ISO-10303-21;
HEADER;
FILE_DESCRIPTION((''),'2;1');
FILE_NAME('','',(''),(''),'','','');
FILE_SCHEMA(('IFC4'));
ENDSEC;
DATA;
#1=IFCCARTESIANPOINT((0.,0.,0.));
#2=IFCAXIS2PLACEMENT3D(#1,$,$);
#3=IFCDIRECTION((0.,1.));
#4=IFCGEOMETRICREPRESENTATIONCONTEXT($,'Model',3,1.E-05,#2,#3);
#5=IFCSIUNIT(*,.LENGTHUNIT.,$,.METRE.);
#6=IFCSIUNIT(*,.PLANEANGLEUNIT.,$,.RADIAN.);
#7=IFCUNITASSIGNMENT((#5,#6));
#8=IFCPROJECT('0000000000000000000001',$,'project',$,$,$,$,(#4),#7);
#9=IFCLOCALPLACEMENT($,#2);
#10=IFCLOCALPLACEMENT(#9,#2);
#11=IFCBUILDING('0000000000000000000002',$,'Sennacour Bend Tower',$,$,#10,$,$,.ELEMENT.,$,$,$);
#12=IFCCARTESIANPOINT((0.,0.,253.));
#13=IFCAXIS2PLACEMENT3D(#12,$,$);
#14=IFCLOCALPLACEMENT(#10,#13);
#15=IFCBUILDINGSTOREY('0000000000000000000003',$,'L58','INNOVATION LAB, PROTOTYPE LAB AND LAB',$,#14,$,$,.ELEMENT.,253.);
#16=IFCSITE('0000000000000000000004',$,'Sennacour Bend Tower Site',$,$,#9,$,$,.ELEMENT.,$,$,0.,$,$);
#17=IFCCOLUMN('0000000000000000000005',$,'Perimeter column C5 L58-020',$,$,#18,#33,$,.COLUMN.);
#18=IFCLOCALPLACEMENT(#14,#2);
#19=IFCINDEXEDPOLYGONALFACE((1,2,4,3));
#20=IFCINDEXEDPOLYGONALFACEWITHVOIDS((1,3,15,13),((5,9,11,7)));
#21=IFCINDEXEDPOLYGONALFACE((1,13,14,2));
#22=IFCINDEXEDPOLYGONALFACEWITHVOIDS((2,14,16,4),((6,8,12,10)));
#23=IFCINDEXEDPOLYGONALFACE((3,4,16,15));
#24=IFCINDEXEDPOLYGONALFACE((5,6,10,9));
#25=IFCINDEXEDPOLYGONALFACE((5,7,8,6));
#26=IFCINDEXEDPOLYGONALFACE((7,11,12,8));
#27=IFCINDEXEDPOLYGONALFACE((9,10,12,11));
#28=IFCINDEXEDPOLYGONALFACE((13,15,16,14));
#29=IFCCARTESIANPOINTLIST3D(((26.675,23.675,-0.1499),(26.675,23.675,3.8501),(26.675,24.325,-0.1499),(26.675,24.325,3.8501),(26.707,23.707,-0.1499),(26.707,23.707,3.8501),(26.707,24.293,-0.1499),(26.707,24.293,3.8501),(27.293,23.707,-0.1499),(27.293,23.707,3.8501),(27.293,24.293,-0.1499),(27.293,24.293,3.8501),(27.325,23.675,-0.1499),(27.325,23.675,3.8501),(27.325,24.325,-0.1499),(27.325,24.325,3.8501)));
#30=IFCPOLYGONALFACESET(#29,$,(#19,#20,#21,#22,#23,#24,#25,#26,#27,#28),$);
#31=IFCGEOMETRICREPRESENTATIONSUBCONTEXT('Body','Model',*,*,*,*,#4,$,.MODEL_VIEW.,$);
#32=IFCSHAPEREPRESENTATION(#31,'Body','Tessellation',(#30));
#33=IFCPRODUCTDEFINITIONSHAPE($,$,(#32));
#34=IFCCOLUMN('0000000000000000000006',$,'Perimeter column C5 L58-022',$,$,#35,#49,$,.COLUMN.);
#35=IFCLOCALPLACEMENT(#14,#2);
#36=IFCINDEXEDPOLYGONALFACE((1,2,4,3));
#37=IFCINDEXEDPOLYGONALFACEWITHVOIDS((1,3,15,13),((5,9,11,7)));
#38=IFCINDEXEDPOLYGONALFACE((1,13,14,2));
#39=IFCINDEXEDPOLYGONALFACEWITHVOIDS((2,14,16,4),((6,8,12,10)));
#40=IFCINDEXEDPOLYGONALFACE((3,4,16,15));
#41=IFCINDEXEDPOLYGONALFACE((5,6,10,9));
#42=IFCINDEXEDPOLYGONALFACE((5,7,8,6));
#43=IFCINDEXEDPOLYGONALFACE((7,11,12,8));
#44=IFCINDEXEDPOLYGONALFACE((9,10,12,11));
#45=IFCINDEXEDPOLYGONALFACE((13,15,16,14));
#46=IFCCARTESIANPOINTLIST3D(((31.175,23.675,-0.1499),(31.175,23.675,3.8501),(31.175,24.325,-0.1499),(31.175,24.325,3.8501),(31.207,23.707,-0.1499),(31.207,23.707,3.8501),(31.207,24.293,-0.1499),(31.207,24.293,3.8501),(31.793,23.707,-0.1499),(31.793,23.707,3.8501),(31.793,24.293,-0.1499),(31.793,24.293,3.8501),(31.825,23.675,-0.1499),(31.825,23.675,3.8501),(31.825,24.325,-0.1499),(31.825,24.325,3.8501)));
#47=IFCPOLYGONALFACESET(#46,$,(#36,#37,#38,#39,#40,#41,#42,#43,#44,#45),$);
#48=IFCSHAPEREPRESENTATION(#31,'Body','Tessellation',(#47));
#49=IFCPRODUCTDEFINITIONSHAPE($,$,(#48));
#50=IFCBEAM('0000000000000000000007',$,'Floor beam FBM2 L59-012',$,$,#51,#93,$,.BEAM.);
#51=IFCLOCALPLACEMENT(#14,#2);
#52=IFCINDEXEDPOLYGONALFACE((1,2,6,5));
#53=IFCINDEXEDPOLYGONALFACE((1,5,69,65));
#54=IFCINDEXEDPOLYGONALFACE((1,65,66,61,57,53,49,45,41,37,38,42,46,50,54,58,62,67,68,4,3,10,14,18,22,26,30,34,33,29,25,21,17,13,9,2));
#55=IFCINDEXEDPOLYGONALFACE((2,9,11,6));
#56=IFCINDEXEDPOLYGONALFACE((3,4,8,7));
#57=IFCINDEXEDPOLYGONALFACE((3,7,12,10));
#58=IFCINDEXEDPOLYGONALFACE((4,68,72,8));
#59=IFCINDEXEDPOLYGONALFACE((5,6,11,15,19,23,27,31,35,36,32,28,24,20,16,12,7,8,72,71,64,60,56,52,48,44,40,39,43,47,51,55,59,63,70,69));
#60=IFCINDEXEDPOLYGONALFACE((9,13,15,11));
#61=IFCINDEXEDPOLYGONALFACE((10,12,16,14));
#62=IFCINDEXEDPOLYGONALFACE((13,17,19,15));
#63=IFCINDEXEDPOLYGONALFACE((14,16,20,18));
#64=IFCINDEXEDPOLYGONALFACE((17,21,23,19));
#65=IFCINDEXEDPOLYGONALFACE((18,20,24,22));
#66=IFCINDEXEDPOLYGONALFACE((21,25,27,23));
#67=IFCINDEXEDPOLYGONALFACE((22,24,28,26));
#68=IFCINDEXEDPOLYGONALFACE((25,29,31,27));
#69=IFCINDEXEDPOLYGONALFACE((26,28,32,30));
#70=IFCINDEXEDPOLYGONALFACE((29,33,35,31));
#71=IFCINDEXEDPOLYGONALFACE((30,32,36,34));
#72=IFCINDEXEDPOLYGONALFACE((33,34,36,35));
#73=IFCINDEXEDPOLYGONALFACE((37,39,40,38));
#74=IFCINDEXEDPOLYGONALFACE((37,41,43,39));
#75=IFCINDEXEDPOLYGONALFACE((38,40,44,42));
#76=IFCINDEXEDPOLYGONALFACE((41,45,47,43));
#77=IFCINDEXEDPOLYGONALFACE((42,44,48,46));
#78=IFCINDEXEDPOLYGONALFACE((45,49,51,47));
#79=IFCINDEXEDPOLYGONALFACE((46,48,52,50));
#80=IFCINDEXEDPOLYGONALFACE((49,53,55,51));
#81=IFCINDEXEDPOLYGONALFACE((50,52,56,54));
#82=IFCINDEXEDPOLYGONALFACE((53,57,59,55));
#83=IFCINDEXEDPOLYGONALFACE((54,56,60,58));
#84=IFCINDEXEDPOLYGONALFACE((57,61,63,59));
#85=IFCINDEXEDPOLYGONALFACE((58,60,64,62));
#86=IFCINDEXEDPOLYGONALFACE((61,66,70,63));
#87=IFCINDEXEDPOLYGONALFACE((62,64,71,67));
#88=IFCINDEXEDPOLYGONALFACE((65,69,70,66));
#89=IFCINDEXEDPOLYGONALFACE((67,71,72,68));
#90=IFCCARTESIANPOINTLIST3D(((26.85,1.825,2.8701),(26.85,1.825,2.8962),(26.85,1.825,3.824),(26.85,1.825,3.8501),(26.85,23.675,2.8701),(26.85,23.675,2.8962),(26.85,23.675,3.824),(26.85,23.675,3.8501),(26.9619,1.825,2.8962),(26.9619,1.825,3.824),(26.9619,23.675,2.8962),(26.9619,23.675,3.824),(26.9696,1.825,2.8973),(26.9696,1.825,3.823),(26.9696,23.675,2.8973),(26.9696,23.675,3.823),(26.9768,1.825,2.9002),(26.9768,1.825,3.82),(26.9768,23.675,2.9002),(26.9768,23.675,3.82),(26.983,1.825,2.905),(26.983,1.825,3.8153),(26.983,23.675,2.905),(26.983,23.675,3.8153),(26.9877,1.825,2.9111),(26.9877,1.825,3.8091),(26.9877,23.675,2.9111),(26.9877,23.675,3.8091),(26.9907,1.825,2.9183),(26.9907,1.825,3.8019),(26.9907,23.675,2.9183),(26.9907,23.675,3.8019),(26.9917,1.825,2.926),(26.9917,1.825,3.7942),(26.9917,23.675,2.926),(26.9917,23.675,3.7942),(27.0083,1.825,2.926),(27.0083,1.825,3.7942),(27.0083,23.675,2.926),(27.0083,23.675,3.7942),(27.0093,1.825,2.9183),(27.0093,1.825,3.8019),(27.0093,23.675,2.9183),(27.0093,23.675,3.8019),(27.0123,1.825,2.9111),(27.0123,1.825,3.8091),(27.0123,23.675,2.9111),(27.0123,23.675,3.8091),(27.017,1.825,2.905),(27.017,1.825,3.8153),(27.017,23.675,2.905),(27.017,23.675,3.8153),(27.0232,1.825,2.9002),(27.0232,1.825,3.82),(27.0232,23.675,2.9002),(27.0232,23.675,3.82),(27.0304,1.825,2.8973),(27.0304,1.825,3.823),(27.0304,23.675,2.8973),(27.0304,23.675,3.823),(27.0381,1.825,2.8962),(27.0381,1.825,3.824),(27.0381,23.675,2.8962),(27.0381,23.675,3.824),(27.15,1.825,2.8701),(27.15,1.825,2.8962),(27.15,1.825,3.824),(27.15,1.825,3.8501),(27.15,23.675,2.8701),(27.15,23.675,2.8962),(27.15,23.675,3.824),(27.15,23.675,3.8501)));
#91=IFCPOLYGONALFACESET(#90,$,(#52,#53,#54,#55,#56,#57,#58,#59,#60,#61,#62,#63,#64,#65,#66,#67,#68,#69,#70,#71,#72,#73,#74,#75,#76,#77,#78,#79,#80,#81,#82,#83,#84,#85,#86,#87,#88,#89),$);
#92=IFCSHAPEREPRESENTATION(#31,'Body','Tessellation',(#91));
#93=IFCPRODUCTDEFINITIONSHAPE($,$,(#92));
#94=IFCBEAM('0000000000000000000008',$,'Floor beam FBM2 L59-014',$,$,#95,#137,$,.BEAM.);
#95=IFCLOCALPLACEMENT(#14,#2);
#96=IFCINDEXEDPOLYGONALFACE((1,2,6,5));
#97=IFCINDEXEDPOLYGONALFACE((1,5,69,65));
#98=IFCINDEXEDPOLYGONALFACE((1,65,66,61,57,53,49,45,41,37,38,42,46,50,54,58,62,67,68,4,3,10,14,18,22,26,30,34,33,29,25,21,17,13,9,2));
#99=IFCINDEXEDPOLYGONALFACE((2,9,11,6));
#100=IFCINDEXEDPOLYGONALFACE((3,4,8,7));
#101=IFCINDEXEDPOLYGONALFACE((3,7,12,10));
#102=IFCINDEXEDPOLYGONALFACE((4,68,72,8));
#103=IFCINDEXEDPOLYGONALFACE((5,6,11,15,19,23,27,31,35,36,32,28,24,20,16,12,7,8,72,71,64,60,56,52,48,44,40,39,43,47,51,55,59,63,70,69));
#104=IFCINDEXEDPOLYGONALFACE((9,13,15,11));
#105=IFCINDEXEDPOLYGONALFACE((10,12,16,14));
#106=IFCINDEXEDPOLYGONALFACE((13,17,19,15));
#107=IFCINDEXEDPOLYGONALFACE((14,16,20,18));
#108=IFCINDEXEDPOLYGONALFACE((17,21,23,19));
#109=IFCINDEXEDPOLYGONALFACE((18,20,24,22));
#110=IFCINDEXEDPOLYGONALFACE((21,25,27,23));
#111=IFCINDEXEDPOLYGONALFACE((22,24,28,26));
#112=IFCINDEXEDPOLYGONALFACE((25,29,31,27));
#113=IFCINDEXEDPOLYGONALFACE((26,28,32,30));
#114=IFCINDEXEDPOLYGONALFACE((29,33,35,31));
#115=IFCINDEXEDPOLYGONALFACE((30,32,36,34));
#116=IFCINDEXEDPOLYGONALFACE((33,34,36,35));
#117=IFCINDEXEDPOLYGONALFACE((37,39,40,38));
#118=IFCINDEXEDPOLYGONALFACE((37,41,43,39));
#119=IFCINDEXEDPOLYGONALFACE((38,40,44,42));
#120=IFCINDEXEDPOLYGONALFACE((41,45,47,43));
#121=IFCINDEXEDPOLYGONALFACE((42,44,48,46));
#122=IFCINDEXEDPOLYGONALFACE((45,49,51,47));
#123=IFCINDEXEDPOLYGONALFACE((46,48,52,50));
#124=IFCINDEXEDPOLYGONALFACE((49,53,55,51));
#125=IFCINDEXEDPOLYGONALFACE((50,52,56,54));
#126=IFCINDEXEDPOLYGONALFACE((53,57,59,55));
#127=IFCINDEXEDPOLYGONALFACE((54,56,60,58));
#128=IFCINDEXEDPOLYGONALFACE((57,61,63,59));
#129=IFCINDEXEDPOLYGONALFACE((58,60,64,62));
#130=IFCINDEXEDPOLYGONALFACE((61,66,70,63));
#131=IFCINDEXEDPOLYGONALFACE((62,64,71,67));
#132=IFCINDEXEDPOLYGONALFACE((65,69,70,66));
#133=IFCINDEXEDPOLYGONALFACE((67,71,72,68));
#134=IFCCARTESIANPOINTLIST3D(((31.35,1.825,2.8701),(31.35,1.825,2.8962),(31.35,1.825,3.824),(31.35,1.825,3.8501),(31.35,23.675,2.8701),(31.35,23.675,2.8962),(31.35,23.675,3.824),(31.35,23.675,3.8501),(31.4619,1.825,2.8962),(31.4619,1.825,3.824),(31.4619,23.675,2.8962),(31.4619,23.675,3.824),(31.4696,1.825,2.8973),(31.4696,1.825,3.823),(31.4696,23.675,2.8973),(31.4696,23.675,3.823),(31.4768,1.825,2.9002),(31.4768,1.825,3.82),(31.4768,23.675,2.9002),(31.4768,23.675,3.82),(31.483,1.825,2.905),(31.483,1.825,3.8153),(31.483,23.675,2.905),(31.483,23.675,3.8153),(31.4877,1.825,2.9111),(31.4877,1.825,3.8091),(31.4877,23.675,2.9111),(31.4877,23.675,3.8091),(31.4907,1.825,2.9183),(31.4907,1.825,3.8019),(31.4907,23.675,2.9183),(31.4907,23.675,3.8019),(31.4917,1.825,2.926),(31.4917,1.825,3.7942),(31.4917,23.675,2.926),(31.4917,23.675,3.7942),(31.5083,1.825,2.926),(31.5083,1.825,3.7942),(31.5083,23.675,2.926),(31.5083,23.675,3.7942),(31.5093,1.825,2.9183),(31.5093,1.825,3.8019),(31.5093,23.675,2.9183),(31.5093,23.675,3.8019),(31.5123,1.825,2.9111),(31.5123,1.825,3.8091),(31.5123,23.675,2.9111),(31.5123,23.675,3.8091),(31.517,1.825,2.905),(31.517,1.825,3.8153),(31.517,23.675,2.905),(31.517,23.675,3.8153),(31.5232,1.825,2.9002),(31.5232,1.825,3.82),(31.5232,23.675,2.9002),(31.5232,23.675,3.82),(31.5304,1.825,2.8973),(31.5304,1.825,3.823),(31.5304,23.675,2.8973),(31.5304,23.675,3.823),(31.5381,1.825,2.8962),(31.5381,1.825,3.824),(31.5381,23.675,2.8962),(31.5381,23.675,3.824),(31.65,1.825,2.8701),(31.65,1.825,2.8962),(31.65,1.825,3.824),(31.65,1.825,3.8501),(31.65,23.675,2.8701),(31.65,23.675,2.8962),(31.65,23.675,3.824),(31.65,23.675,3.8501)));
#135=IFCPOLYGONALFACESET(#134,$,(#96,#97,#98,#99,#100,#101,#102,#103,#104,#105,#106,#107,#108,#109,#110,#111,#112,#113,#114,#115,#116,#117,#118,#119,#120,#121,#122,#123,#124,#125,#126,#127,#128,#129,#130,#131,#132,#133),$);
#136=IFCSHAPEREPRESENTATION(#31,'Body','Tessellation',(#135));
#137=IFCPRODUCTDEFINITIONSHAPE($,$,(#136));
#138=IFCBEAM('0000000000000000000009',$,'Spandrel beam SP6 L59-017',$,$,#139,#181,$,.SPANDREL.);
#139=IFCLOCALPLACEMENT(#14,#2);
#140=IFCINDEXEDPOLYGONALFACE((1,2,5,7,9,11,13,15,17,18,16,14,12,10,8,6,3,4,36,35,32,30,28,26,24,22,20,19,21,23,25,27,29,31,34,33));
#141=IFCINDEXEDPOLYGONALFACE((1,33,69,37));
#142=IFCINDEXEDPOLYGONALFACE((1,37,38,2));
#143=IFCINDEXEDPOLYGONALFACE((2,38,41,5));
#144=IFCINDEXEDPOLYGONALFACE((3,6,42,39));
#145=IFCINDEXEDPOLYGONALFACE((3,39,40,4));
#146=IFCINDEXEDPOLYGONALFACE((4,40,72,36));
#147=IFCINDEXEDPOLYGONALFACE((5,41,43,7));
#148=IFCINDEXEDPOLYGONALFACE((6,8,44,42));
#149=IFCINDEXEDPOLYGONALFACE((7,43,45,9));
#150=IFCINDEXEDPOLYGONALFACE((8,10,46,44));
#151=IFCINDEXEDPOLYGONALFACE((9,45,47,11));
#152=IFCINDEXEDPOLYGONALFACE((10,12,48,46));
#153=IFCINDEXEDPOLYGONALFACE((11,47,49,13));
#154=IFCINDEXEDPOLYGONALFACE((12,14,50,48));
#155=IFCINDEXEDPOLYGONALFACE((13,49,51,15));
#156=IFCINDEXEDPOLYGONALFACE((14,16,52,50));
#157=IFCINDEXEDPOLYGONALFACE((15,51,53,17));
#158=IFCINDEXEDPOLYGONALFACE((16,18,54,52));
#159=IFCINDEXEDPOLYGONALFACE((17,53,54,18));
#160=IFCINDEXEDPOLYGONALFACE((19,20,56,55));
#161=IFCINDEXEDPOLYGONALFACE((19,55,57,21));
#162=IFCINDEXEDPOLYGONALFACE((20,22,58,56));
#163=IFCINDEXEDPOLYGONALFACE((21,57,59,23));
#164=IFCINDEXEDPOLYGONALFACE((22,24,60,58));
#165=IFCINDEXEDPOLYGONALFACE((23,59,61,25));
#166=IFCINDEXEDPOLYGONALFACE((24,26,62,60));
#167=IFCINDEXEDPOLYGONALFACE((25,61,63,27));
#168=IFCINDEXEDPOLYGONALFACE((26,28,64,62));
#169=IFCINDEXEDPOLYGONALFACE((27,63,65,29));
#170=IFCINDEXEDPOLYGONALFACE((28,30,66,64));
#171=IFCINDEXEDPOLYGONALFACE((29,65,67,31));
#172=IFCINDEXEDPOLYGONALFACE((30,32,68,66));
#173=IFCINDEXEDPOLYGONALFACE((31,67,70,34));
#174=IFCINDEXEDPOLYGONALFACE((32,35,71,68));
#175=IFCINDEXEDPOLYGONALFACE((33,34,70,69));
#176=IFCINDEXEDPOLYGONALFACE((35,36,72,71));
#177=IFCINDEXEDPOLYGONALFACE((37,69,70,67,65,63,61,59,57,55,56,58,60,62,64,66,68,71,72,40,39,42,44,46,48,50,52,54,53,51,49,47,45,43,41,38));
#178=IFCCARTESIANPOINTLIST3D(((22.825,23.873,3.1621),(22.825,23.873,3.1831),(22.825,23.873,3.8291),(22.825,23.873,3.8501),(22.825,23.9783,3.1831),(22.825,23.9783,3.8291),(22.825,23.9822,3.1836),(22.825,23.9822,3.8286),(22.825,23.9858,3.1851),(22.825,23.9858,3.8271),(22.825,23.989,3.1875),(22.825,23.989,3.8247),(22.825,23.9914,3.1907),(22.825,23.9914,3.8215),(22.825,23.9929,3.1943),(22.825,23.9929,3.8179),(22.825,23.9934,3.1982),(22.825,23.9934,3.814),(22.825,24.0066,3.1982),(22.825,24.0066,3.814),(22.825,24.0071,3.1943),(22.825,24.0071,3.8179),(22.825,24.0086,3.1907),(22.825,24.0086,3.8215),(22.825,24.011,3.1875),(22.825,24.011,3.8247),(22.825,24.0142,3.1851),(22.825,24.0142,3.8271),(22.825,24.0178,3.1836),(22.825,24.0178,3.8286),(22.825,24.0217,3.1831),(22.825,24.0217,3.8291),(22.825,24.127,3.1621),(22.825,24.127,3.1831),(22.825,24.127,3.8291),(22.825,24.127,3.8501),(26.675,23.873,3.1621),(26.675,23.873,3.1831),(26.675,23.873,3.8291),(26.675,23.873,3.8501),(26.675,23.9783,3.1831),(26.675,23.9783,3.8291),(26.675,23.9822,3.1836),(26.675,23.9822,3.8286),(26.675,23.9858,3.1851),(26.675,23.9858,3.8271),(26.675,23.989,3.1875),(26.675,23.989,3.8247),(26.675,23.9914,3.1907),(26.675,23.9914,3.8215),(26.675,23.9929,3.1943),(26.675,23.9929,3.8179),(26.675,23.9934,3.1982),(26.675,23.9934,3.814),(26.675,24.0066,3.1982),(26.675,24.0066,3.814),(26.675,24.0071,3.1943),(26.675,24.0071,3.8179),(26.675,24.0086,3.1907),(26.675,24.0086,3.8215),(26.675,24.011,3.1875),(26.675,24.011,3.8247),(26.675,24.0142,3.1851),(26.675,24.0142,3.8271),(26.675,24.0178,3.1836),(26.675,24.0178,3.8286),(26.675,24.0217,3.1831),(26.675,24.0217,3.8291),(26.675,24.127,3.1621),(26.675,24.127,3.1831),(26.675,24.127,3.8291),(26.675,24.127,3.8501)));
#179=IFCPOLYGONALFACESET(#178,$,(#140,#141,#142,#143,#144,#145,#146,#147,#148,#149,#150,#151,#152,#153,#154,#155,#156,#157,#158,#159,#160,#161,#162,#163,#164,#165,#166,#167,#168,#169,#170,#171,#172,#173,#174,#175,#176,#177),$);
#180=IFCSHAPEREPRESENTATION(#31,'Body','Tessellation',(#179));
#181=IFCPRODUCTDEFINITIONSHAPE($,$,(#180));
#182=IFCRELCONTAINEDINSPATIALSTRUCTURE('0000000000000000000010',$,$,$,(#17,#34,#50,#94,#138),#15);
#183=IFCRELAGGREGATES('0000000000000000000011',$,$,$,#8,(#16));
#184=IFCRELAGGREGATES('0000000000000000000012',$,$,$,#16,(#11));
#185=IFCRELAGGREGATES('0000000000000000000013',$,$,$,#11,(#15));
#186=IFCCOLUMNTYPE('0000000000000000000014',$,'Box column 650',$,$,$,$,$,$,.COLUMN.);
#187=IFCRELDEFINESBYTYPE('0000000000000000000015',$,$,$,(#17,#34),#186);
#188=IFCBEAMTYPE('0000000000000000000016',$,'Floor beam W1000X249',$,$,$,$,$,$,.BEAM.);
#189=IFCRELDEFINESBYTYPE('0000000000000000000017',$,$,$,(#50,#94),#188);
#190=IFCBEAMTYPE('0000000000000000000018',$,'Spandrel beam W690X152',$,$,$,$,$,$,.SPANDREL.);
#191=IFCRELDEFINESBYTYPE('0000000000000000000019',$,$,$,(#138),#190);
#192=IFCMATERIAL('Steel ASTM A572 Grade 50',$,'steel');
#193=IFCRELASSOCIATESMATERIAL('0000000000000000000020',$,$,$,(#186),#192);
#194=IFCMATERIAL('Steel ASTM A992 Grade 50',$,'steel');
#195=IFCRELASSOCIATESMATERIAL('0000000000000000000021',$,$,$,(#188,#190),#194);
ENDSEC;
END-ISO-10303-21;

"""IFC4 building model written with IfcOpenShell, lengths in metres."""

from ifc_helpers import new_model, si_unit, direction, frame, origin, origin_2d, place, context, subcontext, project, spatial, hollow_rectangle, i_section, extrude, material, material_profile, profile_set, type_object, element, save


model = new_model("IFC4")

# Units and contexts
model_context = context("Model", 3, precision=1e-05, world=origin(), true_north=direction((0.0, 1.0)))
body_context = subcontext(model_context, "Body", "Model", "MODEL_VIEW")
ifc_project = project(units=[si_unit("LENGTHUNIT", "METRE"), si_unit("PLANEANGLEUNIT", "RADIAN")], contexts=[model_context])

# Site, building, storey
site_placement = place(None, origin())
site = spatial("IfcSite", under=ifc_project, at=site_placement, Name="Sennacour Bend Tower Site", CompositionType="ELEMENT", RefElevation=0.0)
building_placement = place(site_placement, origin())
building = spatial("IfcBuilding", under=site, at=building_placement, Name="Sennacour Bend Tower", CompositionType="ELEMENT")
storey_placement = place(building_placement, frame((0.0, 0.0, 253.0)))
storey = spatial("IfcBuildingStorey", under=building, at=storey_placement, Name="L58", Description="INNOVATION LAB, PROTOTYPE LAB AND LAB", CompositionType="ELEMENT", Elevation=253.0)

# Columns
ifc_material_1 = material(Name="Steel ASTM A572 Grade 50", Category="steel")
ifc_material_profile_1 = material_profile(ifc_material_1, hollow_rectangle(XDim=0.6499, YDim=0.6499, WallThickness=0.032, at=origin_2d()), Name="Steel ASTM A572 Grade 50", Category="steel")
ifc_profile_set_1 = profile_set([ifc_material_profile_1], Name="Steel ASTM A572 Grade 50")
column_type = type_object("IfcColumnType", Name="Box column 650", PredefinedType="COLUMN", material=ifc_profile_set_1)
for number, where, z_axis, x_axis, name in (
    (1, (27.0, 24.0, -0.1499), (0.0, 0.0, 1.0), (1.0, 0.0, 0.0), "Perimeter column C5 L58-020"),
    (2, (31.5, 24.0, -0.1499), (0.0, 0.0, 1.0), (1.0, 0.0, 0.0), "Perimeter column C5 L58-022"),
):
    element("IfcColumn", number, at=place(storey_placement, frame(where, z_axis=z_axis, x_axis=x_axis)), inside=storey, type_object=column_type, Name=name, PredefinedType="COLUMN", context=body_context, shape_type="SweptSolid", body=[
        extrude(hollow_rectangle(XDim=0.6499, YDim=0.6499, WallThickness=0.032, at=origin_2d()), origin(), (0.0, 0.0, 1.0), 4.0),
    ])

# Beams
ifc_material_2 = material(Name="Steel ASTM A992 Grade 50", Category="steel")
ifc_material_profile_2 = material_profile(ifc_material_2, i_section(OverallWidth=0.3, OverallDepth=0.98, WebThickness=0.0166, FlangeThickness=0.0261, FilletRadius=0.0298, at=origin_2d()), Name="Steel ASTM A992 Grade 50", Category="steel")
ifc_profile_set_2 = profile_set([ifc_material_profile_2], Name="Steel ASTM A992 Grade 50")
beam_type_1 = type_object("IfcBeamType", Name="Floor beam W1000X249", PredefinedType="BEAM", material=ifc_profile_set_2)
for number, where, z_axis, x_axis, name in (
    (3, (27.0, 1.825, 3.3601), (0.0, 1.0, 0.0), (-1.0, 0.0, 0.0), "Floor beam FBM2 L59-012"),
    (4, (31.5, 1.825, 3.3601), (0.0, 1.0, 0.0), (-1.0, 0.0, 0.0), "Floor beam FBM2 L59-014"),
):
    element("IfcBeam", number, at=place(storey_placement, frame(where, z_axis=z_axis, x_axis=x_axis)), inside=storey, type_object=beam_type_1, Name=name, PredefinedType="BEAM", context=body_context, shape_type="SweptSolid", body=[
        extrude(i_section(OverallWidth=0.3, OverallDepth=0.98, WebThickness=0.0166, FlangeThickness=0.0261, FilletRadius=0.0298, at=origin_2d()), origin(), (0.0, 0.0, 1.0), 21.8501),
    ])
ifc_material_profile_3 = material_profile(ifc_material_2, i_section(OverallWidth=0.2539, OverallDepth=0.688, WebThickness=0.0132, FlangeThickness=0.021, FilletRadius=0.0151, at=origin_2d()), Name="Steel ASTM A992 Grade 50", Category="steel")
ifc_profile_set_3 = profile_set([ifc_material_profile_3], Name="Steel ASTM A992 Grade 50")
beam_type_2 = type_object("IfcBeamType", Name="Spandrel beam W690X152", PredefinedType="SPANDREL", material=ifc_profile_set_3)
for number, where, z_axis, x_axis, name in (
    (5, (22.825, 24.0, 3.5061), (1.0, 0.0, 0.0), (0.0, 1.0, 0.0), "Spandrel beam SP6 L59-017"),
):
    element("IfcBeam", number, at=place(storey_placement, frame(where, z_axis=z_axis, x_axis=x_axis)), inside=storey, type_object=beam_type_2, Name=name, PredefinedType="SPANDREL", context=body_context, shape_type="SweptSolid", body=[
        extrude(i_section(OverallWidth=0.2539, OverallDepth=0.688, WebThickness=0.0132, FlangeThickness=0.021, FilletRadius=0.0151, at=origin_2d()), origin(), (0.0, 0.0, 1.0), 3.8501),
    ])

save(model, "model.ifc")
